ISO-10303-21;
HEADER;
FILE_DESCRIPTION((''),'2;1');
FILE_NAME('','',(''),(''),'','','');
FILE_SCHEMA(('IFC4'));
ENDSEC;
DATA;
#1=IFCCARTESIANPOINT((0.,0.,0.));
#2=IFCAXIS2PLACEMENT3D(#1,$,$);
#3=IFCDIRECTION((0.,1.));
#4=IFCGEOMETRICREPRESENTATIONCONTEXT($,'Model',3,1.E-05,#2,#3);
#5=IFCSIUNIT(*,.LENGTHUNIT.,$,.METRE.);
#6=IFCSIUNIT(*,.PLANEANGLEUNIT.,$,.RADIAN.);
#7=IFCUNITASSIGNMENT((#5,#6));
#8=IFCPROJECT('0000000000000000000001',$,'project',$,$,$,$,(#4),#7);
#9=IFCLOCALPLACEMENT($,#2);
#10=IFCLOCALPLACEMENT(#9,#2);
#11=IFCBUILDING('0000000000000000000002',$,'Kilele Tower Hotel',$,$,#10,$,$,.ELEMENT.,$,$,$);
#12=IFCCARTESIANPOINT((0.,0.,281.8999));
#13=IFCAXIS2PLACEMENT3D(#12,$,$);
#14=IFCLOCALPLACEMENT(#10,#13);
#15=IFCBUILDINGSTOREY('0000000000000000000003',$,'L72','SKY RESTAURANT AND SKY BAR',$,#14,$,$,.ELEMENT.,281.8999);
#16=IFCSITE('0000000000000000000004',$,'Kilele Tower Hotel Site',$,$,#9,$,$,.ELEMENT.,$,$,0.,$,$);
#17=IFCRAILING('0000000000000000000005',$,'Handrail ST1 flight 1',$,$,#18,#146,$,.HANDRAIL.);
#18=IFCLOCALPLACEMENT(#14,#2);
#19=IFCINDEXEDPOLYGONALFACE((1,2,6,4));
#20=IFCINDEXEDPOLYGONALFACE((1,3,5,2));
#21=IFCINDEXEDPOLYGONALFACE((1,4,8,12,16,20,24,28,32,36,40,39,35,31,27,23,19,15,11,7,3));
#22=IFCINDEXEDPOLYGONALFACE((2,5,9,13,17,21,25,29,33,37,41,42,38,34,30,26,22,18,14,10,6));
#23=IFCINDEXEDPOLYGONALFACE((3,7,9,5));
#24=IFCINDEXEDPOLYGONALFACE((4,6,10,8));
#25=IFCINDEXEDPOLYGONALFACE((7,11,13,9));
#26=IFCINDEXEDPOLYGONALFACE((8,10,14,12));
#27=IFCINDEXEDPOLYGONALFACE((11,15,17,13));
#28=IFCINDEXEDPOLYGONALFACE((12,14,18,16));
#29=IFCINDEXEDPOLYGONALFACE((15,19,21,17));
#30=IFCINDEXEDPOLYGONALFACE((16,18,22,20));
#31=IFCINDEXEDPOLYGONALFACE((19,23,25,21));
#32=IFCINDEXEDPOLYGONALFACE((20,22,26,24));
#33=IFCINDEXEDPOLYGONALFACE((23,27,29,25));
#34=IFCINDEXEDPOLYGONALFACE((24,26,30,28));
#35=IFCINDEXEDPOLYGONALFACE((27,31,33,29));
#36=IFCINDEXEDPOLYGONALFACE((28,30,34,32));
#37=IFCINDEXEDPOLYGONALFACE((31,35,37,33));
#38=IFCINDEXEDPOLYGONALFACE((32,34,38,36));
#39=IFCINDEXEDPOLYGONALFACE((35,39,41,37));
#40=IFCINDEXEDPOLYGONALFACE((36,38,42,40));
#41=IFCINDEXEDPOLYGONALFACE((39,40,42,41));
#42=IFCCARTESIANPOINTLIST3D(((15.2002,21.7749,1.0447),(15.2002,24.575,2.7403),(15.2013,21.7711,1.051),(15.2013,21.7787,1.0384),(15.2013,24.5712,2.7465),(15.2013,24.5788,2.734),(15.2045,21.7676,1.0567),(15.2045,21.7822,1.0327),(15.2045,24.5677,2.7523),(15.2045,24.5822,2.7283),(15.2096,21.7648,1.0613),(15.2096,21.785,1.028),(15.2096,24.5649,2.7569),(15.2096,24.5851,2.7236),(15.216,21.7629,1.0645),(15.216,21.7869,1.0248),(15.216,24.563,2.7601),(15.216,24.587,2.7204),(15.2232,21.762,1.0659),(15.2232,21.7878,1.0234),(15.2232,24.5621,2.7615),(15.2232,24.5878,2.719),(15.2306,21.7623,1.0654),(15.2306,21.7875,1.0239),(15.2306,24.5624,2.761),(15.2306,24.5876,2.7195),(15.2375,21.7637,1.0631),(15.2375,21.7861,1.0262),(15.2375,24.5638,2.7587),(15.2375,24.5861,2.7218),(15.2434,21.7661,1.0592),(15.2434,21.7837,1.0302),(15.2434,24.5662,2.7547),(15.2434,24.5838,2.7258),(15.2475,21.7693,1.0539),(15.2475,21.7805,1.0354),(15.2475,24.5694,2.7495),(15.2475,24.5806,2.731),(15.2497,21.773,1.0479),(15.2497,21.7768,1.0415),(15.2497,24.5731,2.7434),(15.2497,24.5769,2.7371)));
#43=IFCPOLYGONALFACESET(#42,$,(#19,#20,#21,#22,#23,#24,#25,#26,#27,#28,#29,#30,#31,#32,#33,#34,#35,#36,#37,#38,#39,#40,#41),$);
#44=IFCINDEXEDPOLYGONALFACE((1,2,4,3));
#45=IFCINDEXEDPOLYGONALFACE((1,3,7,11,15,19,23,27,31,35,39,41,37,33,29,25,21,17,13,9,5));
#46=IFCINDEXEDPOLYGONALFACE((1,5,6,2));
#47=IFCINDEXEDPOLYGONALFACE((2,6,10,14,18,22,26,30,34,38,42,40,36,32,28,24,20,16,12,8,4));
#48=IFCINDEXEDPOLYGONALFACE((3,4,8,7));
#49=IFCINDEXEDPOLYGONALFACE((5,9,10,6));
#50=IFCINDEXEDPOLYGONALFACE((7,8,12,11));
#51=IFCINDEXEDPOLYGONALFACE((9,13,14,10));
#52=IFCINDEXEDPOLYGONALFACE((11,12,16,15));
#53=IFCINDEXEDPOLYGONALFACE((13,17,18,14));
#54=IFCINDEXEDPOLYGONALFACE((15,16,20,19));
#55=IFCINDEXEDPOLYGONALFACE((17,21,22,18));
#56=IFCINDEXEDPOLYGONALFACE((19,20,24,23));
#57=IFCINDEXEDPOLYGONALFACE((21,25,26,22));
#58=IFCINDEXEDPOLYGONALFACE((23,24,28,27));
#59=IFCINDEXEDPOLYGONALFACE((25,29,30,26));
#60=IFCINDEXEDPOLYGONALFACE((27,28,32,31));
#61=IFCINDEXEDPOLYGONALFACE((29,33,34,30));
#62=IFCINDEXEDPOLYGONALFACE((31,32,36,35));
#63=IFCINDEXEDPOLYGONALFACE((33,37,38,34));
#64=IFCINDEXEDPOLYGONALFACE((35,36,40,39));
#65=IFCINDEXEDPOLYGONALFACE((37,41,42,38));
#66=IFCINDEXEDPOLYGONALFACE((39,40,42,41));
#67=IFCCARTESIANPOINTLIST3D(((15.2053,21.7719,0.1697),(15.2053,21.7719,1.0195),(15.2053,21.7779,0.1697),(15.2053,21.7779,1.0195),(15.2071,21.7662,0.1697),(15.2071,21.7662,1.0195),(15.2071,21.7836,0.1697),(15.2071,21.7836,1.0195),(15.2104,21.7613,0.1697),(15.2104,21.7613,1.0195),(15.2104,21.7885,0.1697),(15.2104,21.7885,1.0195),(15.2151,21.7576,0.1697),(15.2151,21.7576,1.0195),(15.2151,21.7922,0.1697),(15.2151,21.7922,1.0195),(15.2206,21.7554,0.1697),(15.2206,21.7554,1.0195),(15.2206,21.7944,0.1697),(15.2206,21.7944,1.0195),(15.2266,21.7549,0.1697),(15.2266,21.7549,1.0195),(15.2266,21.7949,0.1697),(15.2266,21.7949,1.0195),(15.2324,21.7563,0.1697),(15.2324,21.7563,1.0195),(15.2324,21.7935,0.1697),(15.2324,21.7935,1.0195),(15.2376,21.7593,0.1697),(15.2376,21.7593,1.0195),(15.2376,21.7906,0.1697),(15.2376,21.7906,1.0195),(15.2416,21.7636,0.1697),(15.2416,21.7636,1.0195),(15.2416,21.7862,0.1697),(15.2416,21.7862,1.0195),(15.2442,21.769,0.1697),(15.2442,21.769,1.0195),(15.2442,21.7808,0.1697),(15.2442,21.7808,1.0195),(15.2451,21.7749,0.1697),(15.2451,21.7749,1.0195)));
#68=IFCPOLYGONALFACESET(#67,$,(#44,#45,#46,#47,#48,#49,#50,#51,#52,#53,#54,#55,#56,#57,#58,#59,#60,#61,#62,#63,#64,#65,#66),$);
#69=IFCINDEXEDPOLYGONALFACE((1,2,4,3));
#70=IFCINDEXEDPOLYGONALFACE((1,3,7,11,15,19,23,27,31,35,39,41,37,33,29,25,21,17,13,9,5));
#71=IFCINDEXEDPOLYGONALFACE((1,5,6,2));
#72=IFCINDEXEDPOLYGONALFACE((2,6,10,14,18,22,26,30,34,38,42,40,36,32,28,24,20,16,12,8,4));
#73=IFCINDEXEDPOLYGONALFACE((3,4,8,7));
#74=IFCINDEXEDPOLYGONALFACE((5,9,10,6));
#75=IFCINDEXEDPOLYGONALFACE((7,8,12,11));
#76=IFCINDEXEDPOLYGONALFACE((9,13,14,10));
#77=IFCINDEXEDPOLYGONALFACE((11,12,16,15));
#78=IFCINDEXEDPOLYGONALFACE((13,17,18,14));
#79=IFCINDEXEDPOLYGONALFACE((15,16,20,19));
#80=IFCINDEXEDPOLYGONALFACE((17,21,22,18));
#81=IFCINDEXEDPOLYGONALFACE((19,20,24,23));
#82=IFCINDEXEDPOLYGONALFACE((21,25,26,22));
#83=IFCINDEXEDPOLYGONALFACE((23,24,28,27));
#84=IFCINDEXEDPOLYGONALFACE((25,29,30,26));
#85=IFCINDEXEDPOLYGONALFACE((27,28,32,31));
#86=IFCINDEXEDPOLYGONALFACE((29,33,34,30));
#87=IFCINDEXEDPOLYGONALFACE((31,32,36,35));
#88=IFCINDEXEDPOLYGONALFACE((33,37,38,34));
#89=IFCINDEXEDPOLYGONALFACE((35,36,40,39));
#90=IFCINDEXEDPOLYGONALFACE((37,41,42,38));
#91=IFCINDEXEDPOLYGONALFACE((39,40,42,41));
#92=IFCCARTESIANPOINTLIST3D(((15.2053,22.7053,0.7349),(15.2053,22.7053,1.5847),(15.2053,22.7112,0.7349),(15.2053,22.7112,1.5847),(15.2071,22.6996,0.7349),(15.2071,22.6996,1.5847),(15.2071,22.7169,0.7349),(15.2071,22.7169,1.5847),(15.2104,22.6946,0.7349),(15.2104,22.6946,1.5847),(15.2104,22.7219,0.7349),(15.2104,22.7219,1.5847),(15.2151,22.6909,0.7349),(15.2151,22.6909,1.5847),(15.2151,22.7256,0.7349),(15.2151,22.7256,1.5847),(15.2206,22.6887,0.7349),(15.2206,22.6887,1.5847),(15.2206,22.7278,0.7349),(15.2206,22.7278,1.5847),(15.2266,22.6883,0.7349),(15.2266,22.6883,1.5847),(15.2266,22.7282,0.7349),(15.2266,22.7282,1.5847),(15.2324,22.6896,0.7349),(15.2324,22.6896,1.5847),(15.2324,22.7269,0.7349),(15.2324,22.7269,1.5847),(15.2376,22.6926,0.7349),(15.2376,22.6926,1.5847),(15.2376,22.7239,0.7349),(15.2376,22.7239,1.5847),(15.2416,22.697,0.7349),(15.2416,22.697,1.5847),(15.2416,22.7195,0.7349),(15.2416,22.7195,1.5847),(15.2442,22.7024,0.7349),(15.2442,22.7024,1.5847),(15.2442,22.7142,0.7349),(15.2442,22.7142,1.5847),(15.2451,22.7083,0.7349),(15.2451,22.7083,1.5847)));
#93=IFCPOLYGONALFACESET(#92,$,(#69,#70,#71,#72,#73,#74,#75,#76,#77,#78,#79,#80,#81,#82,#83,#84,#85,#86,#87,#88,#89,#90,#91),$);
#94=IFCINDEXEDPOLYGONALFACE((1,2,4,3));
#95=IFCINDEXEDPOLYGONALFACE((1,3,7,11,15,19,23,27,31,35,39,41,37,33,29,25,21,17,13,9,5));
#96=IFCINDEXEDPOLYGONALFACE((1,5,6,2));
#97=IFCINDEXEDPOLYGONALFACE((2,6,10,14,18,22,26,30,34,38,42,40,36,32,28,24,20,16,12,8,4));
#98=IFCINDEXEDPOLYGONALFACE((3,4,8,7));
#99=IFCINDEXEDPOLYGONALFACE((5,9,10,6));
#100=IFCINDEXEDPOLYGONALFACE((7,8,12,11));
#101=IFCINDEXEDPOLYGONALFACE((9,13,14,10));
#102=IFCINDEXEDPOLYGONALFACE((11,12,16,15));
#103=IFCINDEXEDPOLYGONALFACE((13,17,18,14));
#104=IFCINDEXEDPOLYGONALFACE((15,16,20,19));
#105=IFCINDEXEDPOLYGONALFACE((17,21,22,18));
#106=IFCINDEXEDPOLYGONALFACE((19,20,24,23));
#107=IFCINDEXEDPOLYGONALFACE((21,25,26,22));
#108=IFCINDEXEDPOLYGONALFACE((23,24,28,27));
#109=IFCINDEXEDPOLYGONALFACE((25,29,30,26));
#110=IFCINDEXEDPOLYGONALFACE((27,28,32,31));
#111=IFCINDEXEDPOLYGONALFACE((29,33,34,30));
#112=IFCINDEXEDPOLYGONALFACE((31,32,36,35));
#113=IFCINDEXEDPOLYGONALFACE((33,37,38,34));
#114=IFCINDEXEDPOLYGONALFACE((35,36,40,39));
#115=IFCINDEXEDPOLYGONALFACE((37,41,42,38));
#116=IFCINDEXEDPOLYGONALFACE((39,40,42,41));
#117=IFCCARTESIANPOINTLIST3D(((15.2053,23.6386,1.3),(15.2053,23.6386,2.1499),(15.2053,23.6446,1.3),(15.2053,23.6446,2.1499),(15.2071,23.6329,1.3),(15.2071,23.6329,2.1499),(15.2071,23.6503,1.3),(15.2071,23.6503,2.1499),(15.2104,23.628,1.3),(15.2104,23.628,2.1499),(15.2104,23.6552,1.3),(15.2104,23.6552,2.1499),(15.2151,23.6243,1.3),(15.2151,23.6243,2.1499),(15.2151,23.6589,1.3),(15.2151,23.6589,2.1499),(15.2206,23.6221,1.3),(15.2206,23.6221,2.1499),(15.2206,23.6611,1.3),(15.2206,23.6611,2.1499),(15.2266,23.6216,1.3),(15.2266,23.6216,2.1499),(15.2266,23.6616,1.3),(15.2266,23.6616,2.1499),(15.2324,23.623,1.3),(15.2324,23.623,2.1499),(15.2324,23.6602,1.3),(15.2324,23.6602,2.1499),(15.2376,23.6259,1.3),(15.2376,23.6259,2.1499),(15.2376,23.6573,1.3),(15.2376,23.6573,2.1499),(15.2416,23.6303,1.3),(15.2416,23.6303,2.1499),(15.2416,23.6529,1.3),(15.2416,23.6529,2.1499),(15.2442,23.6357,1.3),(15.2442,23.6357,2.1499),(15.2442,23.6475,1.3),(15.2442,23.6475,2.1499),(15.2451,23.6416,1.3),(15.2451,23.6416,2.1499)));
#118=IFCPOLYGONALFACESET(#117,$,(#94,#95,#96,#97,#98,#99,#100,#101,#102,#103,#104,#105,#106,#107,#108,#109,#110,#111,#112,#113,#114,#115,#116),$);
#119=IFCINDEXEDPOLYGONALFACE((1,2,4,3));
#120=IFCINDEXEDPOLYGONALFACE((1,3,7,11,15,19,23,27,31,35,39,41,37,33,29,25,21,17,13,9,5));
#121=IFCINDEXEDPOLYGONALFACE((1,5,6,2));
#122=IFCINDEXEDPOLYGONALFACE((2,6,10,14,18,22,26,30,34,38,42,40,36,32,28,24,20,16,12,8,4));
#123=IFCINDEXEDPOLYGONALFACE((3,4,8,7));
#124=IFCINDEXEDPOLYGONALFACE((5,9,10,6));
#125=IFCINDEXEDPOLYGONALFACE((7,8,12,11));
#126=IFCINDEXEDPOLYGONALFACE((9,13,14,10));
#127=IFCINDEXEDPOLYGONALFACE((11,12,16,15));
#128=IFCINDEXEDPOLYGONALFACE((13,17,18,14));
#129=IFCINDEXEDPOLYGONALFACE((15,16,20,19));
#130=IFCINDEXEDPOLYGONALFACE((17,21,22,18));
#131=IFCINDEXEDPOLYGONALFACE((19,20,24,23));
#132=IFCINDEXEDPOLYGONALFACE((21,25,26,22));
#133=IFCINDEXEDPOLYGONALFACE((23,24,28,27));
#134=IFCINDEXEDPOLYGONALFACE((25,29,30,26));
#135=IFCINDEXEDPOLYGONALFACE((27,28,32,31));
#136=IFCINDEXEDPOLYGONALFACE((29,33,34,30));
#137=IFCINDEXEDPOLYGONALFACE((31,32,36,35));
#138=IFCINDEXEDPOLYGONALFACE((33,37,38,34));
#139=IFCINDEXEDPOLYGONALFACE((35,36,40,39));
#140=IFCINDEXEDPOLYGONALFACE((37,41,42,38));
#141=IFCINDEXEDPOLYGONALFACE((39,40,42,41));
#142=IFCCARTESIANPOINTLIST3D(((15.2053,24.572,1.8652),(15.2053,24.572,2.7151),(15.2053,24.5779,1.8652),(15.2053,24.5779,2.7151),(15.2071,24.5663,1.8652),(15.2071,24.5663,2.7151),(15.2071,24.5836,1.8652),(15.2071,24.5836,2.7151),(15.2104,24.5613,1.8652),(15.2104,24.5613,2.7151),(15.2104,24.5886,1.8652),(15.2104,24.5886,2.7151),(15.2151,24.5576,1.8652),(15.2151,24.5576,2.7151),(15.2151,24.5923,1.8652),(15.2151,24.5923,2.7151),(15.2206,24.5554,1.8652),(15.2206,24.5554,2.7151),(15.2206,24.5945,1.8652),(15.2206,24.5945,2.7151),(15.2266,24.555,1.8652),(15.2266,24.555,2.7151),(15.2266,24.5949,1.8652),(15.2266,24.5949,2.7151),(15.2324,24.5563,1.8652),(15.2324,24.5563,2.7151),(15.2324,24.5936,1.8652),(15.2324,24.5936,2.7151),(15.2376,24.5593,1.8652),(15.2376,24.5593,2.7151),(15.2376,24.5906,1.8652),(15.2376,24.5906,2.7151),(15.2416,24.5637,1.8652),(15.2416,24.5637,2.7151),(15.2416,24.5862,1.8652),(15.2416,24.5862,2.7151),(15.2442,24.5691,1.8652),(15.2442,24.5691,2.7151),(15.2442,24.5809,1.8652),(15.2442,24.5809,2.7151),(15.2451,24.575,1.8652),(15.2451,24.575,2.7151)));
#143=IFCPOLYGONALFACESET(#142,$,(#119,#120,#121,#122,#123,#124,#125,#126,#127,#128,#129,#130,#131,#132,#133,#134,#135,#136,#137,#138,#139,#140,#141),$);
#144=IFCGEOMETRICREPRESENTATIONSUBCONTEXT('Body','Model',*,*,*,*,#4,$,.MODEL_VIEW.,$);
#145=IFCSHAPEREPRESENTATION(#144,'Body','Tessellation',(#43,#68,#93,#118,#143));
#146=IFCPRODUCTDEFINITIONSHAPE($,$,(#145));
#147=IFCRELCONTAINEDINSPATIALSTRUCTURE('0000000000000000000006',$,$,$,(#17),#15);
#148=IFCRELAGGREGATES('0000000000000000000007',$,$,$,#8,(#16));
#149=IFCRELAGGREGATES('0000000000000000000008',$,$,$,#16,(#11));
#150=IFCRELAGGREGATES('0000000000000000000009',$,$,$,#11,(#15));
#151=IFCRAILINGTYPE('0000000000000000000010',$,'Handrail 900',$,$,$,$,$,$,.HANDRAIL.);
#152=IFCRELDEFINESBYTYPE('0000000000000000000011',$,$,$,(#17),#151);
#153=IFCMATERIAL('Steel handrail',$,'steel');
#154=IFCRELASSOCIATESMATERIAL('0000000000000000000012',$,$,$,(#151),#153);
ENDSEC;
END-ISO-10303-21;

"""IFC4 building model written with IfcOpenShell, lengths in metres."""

from ifc_helpers import new_model, si_unit, direction, frame, origin, origin_2d, place, context, subcontext, project, spatial, circle, extrude, material, type_object, element, save


model = new_model("IFC4")

# Units and contexts
model_context = context("Model", 3, precision=1e-05, world=origin(), true_north=direction((0.0, 1.0)))
body_context = subcontext(model_context, "Body", "Model", "MODEL_VIEW")
ifc_project = project(units=[si_unit("LENGTHUNIT", "METRE"), si_unit("PLANEANGLEUNIT", "RADIAN")], contexts=[model_context])

# Site, building, storey
site_placement = place(None, origin())
site = spatial("IfcSite", under=ifc_project, at=site_placement, Name="Kilele Tower Hotel Site", CompositionType="ELEMENT", RefElevation=0.0)
building_placement = place(site_placement, origin())
building = spatial("IfcBuilding", under=site, at=building_placement, Name="Kilele Tower Hotel", CompositionType="ELEMENT")
storey_placement = place(building_placement, frame((0.0, 0.0, 281.8999)))
storey = spatial("IfcBuildingStorey", under=building, at=storey_placement, Name="L72", Description="SKY RESTAURANT AND SKY BAR", CompositionType="ELEMENT", Elevation=281.8999)

# Railing
ifc_material_1 = material(Name="Steel handrail", Category="steel")
railing_type_1 = type_object("IfcRailingType", Name="Handrail 900", PredefinedType="HANDRAIL", material=ifc_material_1)
railing_1_placement = place(storey_placement, frame((15.2251, 21.7749, 0.1697)))
element("IfcRailing", 1, at=railing_1_placement, inside=storey, type_object=railing_type_1, Name="Handrail ST1 flight 1", PredefinedType="HANDRAIL", context=body_context, shape_type="SweptSolid", body=[
    extrude(circle(Radius=0.0249, at=origin_2d()), frame((0.0, 0.0, 0.875), z_axis=(0.0, 0.855393, 0.517979), x_axis=(-1.0, 0.0, 0.0)), (0.0, 0.0, 1.0), 3.2734),
    extrude(circle(Radius=0.02, at=origin_2d()), origin(), (0.0, 0.0, 1.0), 0.8499),
    extrude(circle(Radius=0.02, at=origin_2d()), frame((0.0, 0.9333, 0.5652)), (0.0, 0.0, 1.0), 0.8499),
    extrude(circle(Radius=0.02, at=origin_2d()), frame((0.0, 1.8667, 1.1304)), (0.0, 0.0, 1.0), 0.8499),
    extrude(circle(Radius=0.02, at=origin_2d()), frame((0.0, 2.8, 1.6956)), (0.0, 0.0, 1.0), 0.8499),
])

save(model, "model.ifc")
